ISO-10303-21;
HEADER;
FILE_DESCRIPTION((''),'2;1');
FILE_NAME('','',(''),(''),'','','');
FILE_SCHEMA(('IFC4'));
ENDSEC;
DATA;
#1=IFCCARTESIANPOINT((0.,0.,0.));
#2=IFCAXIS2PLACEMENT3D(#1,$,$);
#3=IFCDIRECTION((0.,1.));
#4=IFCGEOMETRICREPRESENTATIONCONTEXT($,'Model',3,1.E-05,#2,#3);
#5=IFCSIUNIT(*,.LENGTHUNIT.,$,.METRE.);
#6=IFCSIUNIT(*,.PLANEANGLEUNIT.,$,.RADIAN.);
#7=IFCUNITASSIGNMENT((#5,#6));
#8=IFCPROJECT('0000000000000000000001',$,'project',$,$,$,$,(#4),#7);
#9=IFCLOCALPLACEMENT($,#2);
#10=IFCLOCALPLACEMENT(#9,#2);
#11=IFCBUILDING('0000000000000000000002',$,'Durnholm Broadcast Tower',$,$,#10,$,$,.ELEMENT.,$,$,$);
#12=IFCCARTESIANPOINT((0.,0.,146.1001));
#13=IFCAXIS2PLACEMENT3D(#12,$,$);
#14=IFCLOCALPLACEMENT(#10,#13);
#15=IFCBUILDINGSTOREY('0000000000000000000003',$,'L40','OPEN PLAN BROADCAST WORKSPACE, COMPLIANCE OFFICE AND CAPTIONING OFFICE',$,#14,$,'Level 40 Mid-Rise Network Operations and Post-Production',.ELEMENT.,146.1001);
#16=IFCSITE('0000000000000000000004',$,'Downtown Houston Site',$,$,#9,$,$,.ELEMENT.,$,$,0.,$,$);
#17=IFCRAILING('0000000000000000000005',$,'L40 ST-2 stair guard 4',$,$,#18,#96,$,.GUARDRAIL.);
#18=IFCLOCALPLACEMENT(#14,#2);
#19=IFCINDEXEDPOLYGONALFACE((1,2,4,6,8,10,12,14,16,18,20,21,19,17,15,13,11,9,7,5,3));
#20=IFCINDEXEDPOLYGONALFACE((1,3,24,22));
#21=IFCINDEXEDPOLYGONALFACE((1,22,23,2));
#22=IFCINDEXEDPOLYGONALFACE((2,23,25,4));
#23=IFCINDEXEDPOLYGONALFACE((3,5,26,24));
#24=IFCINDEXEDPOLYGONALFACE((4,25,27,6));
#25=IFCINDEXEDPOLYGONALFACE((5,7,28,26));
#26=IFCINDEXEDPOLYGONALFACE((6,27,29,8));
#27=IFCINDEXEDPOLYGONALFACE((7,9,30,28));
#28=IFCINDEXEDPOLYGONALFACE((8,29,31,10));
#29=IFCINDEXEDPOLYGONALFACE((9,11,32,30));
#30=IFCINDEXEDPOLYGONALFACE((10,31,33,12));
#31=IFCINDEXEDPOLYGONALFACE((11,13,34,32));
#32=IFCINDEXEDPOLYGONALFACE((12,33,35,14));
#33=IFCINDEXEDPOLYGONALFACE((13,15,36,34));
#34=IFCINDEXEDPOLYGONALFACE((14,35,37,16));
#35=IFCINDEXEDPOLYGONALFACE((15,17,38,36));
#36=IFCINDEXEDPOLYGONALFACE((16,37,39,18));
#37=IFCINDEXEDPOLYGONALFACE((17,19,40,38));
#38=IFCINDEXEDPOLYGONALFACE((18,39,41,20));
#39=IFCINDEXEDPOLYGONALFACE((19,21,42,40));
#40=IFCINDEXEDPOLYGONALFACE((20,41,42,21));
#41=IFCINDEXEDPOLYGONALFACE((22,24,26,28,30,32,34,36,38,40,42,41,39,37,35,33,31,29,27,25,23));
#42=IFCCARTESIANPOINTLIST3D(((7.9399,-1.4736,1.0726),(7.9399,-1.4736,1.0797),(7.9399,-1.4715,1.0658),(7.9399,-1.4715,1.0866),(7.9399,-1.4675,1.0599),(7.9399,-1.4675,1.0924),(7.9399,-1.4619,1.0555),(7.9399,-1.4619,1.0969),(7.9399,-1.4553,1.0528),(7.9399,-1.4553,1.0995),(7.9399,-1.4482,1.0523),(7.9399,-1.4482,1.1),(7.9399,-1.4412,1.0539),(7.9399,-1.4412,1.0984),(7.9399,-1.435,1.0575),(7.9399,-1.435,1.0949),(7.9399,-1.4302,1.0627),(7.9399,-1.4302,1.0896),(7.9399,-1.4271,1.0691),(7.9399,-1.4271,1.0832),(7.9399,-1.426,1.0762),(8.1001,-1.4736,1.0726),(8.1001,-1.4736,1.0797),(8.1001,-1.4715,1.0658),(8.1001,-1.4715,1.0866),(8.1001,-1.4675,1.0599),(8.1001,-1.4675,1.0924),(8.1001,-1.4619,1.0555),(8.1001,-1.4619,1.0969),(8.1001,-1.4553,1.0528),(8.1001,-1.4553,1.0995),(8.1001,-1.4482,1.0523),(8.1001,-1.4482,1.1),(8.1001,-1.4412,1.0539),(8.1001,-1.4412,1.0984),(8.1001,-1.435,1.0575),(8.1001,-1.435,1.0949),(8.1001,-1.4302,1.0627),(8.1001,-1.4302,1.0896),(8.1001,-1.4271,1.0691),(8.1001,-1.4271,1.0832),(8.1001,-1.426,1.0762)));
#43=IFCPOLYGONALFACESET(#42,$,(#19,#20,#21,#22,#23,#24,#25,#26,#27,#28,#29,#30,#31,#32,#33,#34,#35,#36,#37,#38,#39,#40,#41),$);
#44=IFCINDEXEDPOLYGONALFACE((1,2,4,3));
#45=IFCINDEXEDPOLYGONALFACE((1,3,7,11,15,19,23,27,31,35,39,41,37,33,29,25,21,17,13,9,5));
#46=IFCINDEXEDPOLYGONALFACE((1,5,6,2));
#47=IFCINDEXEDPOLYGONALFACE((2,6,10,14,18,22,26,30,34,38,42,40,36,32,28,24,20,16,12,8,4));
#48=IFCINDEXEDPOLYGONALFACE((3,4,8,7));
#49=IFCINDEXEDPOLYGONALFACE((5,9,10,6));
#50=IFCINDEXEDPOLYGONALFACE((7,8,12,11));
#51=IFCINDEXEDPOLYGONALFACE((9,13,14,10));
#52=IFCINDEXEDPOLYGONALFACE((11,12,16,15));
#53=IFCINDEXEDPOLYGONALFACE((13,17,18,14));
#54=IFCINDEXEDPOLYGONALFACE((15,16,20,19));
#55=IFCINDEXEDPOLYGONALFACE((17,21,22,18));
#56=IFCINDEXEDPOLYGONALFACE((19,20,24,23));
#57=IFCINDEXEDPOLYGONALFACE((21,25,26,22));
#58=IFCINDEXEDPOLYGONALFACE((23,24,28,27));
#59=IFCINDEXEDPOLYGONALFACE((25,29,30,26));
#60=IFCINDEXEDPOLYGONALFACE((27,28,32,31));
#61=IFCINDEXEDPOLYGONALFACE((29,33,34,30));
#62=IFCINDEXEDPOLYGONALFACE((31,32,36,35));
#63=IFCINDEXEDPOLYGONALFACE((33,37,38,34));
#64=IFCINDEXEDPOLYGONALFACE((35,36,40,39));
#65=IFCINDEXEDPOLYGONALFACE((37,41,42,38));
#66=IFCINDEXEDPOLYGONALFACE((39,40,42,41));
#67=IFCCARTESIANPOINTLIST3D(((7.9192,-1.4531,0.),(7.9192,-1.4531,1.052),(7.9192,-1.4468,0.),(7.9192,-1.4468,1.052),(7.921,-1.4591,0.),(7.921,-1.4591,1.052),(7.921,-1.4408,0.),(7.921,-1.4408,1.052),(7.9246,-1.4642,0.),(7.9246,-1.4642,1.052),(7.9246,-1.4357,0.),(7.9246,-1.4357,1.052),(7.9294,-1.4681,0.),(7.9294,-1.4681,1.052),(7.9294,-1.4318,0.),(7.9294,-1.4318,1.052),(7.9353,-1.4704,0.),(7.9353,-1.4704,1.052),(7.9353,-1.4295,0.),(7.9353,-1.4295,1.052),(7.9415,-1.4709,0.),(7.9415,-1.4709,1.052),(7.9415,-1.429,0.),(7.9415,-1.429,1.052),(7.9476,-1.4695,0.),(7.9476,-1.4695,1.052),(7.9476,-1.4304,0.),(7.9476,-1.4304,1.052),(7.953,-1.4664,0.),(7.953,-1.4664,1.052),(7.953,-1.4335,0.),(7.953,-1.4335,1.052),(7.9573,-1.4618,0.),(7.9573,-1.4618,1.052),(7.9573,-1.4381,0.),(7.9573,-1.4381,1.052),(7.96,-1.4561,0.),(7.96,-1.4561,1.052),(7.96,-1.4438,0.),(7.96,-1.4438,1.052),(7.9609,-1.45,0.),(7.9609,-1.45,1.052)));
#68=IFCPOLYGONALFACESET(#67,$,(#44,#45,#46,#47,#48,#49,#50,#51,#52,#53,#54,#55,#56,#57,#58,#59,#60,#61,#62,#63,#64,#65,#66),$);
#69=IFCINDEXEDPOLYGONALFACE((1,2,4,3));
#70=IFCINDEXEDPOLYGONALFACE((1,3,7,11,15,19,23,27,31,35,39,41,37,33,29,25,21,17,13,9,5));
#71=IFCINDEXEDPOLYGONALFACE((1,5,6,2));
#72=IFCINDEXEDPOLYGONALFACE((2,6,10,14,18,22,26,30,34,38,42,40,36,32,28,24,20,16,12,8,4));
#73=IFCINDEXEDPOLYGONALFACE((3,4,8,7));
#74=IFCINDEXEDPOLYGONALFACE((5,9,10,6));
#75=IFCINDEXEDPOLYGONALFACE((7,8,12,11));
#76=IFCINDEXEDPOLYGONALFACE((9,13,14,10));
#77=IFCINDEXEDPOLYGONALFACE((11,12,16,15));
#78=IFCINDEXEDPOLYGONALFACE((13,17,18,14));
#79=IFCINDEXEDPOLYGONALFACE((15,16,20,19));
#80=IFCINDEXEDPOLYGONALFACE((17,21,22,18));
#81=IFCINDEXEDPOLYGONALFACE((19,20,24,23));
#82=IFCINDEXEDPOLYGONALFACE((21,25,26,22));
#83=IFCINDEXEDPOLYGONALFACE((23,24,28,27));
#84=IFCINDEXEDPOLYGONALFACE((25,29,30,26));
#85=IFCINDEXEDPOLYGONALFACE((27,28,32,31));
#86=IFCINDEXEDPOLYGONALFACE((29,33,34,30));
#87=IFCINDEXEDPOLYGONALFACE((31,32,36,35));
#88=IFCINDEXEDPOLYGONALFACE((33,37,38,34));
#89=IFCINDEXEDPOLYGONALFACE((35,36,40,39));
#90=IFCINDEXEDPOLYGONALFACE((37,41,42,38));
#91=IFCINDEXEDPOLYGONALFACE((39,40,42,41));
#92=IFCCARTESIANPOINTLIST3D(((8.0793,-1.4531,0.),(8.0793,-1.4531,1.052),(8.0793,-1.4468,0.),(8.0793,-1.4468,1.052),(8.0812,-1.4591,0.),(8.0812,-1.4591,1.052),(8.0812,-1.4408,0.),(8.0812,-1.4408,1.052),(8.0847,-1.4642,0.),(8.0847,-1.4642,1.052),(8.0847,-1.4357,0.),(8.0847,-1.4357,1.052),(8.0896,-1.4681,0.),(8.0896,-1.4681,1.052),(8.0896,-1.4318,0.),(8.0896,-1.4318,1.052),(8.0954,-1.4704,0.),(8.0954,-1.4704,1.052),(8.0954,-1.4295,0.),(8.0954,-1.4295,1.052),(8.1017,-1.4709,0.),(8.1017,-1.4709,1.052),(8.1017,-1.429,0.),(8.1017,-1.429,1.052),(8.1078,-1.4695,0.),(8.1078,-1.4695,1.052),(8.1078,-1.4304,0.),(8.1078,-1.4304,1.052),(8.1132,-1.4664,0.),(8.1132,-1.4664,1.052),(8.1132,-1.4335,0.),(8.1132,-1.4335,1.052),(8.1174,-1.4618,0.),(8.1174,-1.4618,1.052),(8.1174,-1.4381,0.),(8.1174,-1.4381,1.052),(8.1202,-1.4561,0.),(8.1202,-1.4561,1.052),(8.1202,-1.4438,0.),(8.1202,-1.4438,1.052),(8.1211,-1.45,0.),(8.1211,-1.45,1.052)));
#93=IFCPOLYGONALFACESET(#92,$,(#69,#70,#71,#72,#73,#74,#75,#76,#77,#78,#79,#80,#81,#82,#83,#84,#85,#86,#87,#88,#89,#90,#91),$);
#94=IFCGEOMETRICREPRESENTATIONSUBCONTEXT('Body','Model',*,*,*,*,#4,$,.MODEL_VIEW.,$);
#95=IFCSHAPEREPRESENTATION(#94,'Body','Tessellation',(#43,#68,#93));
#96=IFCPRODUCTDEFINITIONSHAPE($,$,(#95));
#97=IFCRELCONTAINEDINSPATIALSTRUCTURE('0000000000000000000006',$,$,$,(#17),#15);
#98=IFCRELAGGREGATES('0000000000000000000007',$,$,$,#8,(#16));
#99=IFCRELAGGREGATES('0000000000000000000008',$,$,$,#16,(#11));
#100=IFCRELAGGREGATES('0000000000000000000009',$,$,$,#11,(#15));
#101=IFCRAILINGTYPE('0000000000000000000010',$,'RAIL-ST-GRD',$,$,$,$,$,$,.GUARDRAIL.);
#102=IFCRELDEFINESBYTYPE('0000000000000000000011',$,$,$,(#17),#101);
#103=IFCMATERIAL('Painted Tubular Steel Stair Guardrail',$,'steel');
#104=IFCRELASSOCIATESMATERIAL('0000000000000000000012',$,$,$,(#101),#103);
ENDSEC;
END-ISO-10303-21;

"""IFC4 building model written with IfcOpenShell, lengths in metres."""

from ifc_helpers import new_model, si_unit, direction, frame, origin, origin_2d, place, context, subcontext, project, spatial, circle, extrude, material, type_object, element, save


model = new_model("IFC4")

# Units and contexts
model_context = context("Model", 3, precision=1e-05, world=origin(), true_north=direction((0.0, 1.0)))
body_context = subcontext(model_context, "Body", "Model", "MODEL_VIEW")
ifc_project = project(units=[si_unit("LENGTHUNIT", "METRE"), si_unit("PLANEANGLEUNIT", "RADIAN")], contexts=[model_context])

# Site, building, storey
site_placement = place(None, origin())
site = spatial("IfcSite", under=ifc_project, at=site_placement, Name="Downtown Houston Site", CompositionType="ELEMENT", RefElevation=0.0)
building_placement = place(site_placement, origin())
building = spatial("IfcBuilding", under=site, at=building_placement, Name="Durnholm Broadcast Tower", CompositionType="ELEMENT")
storey_placement = place(building_placement, frame((0.0, 0.0, 146.1001)))
storey = spatial("IfcBuildingStorey", under=building, at=storey_placement, Name="L40", Description="OPEN PLAN BROADCAST WORKSPACE, COMPLIANCE OFFICE AND CAPTIONING OFFICE", LongName="Level 40 Mid-Rise Network Operations and Post-Production", CompositionType="ELEMENT", Elevation=146.1001)

# Railing
ifc_material_1 = material(Name="Painted Tubular Steel Stair Guardrail", Category="steel")
railing_type_1 = type_object("IfcRailingType", Name="RAIL-ST-GRD", PredefinedType="GUARDRAIL", material=ifc_material_1)
railing_1_placement = place(storey_placement, frame((7.9399, -1.45, 0.0)))
element("IfcRailing", 1, at=railing_1_placement, inside=storey, type_object=railing_type_1, Name="L40 ST-2 stair guard 4", PredefinedType="GUARDRAIL", context=body_context, shape_type="SweptSolid", body=[
    extrude(circle(Radius=0.0239, at=origin_2d()), frame((0.0, 0.0, 1.0762), z_axis=(1.0, 0.0, 0.0), x_axis=(0.0, 1.0, 0.0)), (0.0, 0.0, 1.0), 0.1602),
    extrude(circle(Radius=0.021, at=origin_2d()), origin(), (0.0, 0.0, 1.0), 1.052),
    extrude(circle(Radius=0.021, at=origin_2d()), frame((0.1602, 0.0, 0.0)), (0.0, 0.0, 1.0), 1.052),
])

save(model, "model.ifc")
